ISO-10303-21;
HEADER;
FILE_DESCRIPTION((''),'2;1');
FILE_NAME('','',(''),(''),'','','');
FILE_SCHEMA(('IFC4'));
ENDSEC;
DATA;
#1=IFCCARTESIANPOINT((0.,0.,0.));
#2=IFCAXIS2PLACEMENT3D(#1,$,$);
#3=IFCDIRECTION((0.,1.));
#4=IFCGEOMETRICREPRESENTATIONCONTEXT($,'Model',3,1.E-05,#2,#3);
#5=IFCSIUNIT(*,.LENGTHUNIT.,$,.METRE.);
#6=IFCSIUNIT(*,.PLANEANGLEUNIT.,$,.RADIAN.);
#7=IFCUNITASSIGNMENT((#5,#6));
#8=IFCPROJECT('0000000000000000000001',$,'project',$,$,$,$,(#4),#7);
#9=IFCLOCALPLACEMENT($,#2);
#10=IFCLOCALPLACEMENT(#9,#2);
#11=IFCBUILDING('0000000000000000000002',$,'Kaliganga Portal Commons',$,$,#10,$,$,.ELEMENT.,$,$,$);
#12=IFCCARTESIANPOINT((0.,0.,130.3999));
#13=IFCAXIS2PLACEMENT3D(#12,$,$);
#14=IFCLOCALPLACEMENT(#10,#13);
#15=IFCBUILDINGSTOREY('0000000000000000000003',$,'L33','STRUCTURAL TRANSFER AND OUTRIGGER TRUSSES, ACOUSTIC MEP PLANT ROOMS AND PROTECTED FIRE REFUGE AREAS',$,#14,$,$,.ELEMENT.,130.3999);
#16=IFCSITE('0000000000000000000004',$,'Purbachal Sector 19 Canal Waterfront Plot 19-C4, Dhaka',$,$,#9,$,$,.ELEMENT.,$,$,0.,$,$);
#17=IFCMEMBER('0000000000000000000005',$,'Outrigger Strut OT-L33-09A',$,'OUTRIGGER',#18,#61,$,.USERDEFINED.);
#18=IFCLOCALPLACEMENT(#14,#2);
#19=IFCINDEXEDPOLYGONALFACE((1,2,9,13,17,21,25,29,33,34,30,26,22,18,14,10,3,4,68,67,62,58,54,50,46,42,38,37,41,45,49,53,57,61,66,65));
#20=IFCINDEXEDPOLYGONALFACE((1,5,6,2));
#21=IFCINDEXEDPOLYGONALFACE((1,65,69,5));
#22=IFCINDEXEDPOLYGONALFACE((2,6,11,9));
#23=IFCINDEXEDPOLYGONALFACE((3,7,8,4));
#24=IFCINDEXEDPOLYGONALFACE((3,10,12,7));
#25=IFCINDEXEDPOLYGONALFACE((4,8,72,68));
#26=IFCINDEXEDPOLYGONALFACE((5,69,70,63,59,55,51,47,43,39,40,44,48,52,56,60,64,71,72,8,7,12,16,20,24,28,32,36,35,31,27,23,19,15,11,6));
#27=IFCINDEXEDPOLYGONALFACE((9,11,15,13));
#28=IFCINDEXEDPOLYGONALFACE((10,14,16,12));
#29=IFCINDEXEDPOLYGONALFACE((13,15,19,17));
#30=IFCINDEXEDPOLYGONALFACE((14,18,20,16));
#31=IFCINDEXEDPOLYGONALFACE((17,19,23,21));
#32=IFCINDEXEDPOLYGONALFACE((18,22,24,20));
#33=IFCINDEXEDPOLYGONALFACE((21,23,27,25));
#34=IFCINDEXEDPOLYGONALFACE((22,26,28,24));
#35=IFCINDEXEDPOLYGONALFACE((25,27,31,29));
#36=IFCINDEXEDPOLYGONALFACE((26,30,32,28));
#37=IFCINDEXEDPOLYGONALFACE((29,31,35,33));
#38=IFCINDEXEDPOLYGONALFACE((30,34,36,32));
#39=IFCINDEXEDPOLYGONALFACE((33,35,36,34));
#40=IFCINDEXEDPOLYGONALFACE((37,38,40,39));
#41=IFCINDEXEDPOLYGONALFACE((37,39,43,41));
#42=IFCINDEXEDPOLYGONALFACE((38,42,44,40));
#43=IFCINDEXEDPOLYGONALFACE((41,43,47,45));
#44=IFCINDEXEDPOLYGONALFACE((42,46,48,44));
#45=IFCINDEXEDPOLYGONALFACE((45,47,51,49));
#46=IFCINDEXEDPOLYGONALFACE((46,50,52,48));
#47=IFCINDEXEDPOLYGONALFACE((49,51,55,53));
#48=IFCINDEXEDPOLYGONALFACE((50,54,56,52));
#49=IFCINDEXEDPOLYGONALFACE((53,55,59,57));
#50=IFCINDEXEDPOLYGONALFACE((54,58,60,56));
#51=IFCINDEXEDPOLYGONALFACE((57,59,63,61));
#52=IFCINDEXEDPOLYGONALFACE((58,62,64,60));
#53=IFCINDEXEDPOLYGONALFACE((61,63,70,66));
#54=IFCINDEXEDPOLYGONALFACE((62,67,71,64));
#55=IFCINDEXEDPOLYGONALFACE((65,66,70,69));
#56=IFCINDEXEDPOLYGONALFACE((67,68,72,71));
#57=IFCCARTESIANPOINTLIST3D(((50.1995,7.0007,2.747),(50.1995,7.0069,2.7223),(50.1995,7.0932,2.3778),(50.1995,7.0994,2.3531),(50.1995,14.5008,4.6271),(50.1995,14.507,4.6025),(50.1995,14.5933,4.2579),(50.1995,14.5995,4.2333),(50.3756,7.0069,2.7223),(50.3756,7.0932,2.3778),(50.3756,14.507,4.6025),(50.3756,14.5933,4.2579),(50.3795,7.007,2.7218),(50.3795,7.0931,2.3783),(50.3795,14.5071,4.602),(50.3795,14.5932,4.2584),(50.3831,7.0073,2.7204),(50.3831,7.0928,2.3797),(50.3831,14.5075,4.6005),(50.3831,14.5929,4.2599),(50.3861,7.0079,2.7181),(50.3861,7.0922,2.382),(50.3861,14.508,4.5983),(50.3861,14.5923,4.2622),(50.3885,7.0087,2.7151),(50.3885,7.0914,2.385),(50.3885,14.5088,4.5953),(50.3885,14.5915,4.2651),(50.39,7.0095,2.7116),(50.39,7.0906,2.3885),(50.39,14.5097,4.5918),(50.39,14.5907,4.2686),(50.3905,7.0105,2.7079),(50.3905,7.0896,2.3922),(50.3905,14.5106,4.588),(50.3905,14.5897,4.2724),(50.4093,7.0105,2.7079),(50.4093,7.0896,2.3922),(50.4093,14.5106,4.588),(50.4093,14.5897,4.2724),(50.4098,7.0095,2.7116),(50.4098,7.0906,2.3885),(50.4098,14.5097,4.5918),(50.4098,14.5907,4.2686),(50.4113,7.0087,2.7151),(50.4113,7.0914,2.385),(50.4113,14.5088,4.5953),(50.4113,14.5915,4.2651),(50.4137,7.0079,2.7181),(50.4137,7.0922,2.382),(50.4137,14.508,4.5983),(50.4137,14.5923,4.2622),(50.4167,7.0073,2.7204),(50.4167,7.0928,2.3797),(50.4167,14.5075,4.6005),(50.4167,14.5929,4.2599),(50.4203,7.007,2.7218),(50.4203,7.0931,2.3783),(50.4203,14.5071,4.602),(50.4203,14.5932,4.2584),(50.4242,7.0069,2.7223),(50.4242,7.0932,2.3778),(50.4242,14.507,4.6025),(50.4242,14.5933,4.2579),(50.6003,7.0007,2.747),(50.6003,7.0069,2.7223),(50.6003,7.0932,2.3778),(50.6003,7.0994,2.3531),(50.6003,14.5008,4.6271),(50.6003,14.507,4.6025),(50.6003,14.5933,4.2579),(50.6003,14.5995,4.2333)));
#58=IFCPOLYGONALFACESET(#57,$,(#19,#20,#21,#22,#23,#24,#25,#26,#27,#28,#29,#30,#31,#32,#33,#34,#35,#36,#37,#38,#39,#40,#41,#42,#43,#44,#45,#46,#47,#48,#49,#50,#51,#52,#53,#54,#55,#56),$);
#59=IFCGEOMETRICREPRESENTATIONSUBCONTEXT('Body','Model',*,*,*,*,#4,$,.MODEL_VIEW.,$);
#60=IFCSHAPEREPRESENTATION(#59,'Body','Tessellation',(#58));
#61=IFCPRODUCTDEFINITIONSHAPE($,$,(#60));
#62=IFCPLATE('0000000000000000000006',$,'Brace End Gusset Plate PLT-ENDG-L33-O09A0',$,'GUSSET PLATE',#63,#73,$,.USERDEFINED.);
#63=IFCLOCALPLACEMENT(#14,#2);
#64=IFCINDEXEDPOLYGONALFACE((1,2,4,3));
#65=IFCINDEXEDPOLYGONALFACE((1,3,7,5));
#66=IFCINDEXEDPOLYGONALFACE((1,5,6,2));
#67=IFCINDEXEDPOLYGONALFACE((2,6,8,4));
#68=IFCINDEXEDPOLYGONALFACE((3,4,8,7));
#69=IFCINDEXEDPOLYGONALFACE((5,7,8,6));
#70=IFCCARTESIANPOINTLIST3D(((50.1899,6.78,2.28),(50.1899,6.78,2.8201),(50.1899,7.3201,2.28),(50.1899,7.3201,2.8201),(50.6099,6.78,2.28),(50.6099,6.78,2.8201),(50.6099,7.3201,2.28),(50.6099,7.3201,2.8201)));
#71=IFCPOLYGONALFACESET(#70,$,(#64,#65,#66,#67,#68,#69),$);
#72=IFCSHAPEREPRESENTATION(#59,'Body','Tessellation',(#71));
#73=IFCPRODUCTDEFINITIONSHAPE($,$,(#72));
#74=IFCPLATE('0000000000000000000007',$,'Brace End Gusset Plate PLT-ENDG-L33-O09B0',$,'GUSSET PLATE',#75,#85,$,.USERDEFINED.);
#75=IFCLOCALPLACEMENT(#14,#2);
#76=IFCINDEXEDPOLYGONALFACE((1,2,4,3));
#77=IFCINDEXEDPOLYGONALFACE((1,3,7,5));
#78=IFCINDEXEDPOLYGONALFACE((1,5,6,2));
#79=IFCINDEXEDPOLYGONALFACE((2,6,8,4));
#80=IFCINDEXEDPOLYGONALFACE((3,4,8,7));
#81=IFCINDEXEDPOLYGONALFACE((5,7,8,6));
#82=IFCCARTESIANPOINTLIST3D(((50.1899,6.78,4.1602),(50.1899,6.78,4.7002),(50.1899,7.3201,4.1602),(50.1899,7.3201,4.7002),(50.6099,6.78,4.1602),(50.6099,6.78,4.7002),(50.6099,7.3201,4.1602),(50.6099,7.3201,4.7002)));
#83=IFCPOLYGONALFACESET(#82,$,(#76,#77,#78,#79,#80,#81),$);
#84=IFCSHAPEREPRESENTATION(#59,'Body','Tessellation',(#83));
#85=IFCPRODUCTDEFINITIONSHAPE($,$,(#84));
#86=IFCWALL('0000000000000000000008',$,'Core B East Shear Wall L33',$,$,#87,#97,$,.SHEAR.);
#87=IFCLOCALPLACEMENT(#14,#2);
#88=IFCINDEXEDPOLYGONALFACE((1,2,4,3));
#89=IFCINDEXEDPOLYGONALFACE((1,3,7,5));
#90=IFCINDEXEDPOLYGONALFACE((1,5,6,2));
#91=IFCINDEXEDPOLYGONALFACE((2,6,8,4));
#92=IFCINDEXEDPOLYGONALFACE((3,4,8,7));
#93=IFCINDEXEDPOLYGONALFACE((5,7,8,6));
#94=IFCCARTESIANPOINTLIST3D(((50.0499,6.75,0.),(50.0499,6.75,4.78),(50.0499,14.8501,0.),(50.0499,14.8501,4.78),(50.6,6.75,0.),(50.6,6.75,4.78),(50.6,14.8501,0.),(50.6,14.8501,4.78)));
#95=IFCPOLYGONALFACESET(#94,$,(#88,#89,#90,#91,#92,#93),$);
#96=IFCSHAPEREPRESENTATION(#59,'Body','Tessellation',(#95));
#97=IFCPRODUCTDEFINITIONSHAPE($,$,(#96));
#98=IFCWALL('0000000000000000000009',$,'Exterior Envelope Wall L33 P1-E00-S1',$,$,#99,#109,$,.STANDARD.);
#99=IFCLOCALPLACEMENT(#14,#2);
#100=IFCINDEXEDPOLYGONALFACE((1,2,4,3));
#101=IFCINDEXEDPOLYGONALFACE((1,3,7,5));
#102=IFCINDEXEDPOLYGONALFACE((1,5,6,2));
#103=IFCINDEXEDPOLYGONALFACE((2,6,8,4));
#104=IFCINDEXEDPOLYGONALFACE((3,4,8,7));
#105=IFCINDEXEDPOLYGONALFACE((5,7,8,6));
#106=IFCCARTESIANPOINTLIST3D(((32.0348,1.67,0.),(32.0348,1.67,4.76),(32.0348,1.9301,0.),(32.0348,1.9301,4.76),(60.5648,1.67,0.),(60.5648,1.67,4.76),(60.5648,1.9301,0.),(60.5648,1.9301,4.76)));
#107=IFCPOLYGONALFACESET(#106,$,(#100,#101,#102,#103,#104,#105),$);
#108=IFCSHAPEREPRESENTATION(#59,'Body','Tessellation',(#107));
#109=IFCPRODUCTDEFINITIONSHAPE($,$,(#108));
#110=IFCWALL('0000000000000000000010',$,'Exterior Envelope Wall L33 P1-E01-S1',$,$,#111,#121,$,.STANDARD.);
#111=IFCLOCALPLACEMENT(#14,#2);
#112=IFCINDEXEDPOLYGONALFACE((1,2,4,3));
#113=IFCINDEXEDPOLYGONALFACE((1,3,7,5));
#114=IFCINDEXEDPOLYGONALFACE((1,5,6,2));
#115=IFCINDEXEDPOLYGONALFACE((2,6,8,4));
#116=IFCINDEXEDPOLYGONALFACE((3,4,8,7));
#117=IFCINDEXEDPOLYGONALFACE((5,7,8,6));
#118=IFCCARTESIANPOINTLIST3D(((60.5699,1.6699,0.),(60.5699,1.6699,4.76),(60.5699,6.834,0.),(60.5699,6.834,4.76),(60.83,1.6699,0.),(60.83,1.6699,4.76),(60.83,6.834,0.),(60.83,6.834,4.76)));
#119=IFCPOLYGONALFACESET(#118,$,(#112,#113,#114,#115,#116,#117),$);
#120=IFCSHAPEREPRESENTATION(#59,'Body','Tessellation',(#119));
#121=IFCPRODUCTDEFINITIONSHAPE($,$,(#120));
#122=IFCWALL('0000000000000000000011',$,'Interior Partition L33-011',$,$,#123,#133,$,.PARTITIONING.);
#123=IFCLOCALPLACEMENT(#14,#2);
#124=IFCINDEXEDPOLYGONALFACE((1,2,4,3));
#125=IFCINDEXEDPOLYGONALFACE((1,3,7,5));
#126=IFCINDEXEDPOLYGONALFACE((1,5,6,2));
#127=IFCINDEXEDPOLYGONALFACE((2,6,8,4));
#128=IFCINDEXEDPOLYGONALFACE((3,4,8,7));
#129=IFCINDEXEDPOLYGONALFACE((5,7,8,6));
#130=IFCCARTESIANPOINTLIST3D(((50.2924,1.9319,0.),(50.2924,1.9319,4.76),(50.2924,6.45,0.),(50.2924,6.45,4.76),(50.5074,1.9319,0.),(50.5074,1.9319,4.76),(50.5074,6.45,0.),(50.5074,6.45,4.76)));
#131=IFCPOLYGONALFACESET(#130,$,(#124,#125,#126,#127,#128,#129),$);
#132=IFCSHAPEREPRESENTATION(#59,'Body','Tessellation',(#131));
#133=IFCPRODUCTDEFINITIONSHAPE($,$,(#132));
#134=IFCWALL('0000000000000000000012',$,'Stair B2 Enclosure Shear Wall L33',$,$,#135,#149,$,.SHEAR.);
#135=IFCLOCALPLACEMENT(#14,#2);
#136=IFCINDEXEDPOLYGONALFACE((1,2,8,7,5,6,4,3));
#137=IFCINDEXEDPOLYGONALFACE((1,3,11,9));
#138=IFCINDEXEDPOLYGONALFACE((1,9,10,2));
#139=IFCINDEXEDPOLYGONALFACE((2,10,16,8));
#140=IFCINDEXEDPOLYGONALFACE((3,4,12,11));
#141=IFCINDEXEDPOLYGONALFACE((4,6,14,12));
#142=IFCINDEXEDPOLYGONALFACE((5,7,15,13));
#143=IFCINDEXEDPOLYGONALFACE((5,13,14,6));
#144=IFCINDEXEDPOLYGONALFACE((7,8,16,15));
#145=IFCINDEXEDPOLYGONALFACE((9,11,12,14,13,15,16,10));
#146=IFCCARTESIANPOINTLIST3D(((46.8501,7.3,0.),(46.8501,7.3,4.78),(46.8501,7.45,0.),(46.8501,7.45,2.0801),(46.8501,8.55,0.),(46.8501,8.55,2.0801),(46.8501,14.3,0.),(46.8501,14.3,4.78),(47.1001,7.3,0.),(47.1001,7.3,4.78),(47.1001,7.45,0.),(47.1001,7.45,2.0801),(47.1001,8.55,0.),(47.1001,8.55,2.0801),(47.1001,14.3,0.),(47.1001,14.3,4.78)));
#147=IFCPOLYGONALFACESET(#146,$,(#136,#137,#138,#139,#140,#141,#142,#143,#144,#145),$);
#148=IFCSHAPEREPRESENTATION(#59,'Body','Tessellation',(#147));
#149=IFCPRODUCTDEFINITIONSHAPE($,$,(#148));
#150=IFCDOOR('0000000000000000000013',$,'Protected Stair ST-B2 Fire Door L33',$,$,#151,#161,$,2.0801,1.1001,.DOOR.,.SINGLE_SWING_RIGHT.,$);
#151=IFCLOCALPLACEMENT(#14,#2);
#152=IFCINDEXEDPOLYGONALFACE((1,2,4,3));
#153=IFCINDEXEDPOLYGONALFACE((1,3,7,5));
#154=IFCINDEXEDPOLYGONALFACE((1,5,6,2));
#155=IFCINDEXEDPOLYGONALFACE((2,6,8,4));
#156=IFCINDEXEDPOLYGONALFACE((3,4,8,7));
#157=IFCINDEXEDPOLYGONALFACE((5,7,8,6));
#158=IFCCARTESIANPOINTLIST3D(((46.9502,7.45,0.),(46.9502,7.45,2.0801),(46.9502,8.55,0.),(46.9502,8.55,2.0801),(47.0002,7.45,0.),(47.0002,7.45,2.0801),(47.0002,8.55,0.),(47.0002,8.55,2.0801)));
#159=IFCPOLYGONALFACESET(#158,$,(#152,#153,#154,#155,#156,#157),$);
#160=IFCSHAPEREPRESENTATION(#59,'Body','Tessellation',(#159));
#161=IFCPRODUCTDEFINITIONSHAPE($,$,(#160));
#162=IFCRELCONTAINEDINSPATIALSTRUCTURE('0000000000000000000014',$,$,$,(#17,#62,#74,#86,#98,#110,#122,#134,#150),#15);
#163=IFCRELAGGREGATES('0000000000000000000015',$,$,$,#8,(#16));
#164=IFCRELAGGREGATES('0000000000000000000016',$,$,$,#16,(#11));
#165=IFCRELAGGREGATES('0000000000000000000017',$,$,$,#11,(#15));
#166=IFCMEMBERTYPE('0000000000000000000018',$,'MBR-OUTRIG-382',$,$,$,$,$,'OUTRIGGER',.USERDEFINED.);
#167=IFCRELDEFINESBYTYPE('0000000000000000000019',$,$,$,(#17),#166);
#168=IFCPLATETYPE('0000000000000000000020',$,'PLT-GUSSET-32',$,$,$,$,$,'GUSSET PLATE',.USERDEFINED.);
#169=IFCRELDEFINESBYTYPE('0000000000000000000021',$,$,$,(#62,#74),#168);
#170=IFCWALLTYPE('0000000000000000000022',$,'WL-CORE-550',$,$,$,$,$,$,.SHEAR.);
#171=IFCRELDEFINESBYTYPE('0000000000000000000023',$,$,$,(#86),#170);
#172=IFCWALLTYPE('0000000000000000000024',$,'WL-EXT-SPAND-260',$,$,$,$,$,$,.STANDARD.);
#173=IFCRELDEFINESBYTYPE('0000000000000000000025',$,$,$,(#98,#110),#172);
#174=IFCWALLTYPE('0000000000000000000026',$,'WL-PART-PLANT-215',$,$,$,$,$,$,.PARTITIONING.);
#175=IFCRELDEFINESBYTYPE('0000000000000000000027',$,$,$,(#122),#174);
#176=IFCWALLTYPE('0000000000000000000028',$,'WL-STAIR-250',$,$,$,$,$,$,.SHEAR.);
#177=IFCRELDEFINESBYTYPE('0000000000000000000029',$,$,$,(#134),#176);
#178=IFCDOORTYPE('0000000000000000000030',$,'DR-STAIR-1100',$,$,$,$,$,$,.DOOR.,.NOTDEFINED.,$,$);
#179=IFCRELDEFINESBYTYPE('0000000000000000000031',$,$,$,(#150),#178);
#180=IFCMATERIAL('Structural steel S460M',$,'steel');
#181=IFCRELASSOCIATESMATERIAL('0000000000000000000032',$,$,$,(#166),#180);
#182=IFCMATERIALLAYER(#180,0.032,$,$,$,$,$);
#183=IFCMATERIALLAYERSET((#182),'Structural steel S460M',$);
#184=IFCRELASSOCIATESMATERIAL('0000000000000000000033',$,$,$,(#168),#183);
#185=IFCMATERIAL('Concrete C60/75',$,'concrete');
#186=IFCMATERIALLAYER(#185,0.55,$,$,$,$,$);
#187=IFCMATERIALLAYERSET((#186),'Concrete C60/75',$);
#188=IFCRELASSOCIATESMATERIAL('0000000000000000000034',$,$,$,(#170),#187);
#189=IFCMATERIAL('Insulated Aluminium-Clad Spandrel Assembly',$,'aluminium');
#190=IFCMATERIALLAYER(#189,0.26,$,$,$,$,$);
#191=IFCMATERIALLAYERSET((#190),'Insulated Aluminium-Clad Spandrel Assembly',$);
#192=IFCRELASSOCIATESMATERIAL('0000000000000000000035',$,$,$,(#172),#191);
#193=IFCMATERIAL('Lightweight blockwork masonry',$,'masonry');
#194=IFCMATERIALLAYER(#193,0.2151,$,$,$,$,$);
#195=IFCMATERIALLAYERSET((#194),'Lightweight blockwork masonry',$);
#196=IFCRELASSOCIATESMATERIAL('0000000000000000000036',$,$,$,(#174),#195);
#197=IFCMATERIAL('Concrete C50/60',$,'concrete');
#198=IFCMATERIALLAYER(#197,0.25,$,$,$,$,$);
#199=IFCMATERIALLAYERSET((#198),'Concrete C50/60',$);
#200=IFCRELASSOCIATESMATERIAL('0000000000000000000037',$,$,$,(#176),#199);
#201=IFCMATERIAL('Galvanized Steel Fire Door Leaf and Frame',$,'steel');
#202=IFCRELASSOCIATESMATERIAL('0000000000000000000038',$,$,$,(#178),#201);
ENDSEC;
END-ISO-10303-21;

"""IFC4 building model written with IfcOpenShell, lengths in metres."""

from ifc_helpers import new_model, si_unit, direction, frame, frame_2d, origin, origin_2d, place, context, subcontext, project, spatial, rectangle, i_section, extrude, source, transform, mapped, material, layer, layer_set, material_profile, profile_set, type_object, element, fill, save


model = new_model("IFC4")

# Units and contexts
model_context = context("Model", 3, precision=1e-05, world=origin(), true_north=direction((0.0, 1.0)))
body_context = subcontext(model_context, "Body", "Model", "MODEL_VIEW")
ifc_project = project(units=[si_unit("LENGTHUNIT", "METRE"), si_unit("PLANEANGLEUNIT", "RADIAN")], contexts=[model_context])

# Site, building, storey
site_placement = place(None, origin())
site = spatial("IfcSite", under=ifc_project, at=site_placement, Name="Purbachal Sector 19 Canal Waterfront Plot 19-C4, Dhaka", CompositionType="ELEMENT", RefElevation=0.0)
building_placement = place(site_placement, origin())
building = spatial("IfcBuilding", under=site, at=building_placement, Name="Kaliganga Portal Commons", CompositionType="ELEMENT")
storey_placement = place(building_placement, frame((0.0, 0.0, 130.3999)))
storey = spatial("IfcBuildingStorey", under=building, at=storey_placement, Name="L33", Description="STRUCTURAL TRANSFER AND OUTRIGGER TRUSSES, ACOUSTIC MEP PLANT ROOMS AND PROTECTED FIRE REFUGE AREAS", CompositionType="ELEMENT", Elevation=130.3999)

# Shared definitions
ifc_material_1 = material(Name="Concrete C60/75", Category="concrete")
ifc_material_2 = material(Name="Structural steel S460M", Category="steel")

# Member
ifc_material_profile_1 = material_profile(ifc_material_2, i_section(OverallWidth=0.4009, OverallDepth=0.406, WebThickness=0.0188, FlangeThickness=0.0254, FilletRadius=0.0149, at=origin_2d()), Name="HD 400x314")
ifc_profile_set_1 = profile_set([ifc_material_profile_1], Name="Structural steel S460M wide-flange")
member_type_1 = type_object("IfcMemberType", Name="MBR-OUTRIG-382", ElementType="OUTRIGGER", PredefinedType="USERDEFINED", material=ifc_profile_set_1)
shared_shape_1 = source(origin(), body_context, "Body", "SweptSolid", [
    extrude(i_section(OverallWidth=0.4009, OverallDepth=0.406, WebThickness=0.0188, FlangeThickness=0.0254, FilletRadius=0.0149, at=origin_2d()), origin(), (0.0, 0.0, 1.0), 7.7322),
])
member_1_placement = place(storey_placement, frame((50.3999, 7.05, 2.55), z_axis=(0.0, 0.969986, 0.24316), x_axis=(-1.0, 0.0, 0.0)))
element("IfcMember", 1, at=member_1_placement, inside=storey, type_object=member_type_1, Name="Outrigger Strut OT-L33-09A", ObjectType="OUTRIGGER", PredefinedType="USERDEFINED", context=body_context, shape_type="MappedRepresentation", body=[
    mapped(shared_shape_1, transform((0.0, 0.0, 0.0), x_axis=(1.0, 0.0, 0.0), y_axis=(0.0, 1.0, 0.0), z_axis=(0.0, 0.0, 1.0), scale=1.0)),
])

# Plates
ifc_layer_1 = layer(ifc_material_2, 0.032)
ifc_layer_set_1 = layer_set([ifc_layer_1], Name="Structural steel S460M")
plate_type = type_object("IfcPlateType", Name="PLT-GUSSET-32", ElementType="GUSSET PLATE", PredefinedType="USERDEFINED", material=ifc_layer_set_1)
shared_shape_2 = source(origin(), body_context, "Body", "SweptSolid", [
    extrude(rectangle(XDim=0.54, YDim=0.4199, at=origin_2d()), origin(), (0.0, 0.0, 1.0), 0.54),
])
for number, where, z_axis, x_axis, name in (
    (2, (50.3999, 7.05, 2.28), (0.0, 0.0, 1.0), (0.0, 1.0, 0.0), "Brace End Gusset Plate PLT-ENDG-L33-O09A0"),
    (3, (50.3999, 7.05, 4.1602), (0.0, 0.0, 1.0), (0.0, 1.0, 0.0), "Brace End Gusset Plate PLT-ENDG-L33-O09B0"),
):
    element("IfcPlate", number, at=place(storey_placement, frame(where, z_axis=z_axis, x_axis=x_axis)), inside=storey, type_object=plate_type, Name=name, ObjectType="GUSSET PLATE", PredefinedType="USERDEFINED", context=body_context, shape_type="MappedRepresentation", body=[
        mapped(shared_shape_2, transform((0.0, 0.0, 0.0), x_axis=(1.0, 0.0, 0.0), y_axis=(0.0, 1.0, 0.0), z_axis=(0.0, 0.0, 1.0), scale=1.0)),
    ])

# Walls
ifc_layer_2 = layer(ifc_material_1, 0.55)
ifc_layer_set_2 = layer_set([ifc_layer_2], Name="Concrete C60/75")
wall_type_1 = type_object("IfcWallType", Name="WL-CORE-550", PredefinedType="SHEAR", material=ifc_layer_set_2)
wall_1_placement = place(storey_placement, frame((50.325, 6.75, 0.0), z_axis=(0.0, 0.0, 1.0), x_axis=(0.0, 1.0, 0.0)))
element("IfcWall", 4, at=wall_1_placement, inside=storey, type_object=wall_type_1, Name="Core B East Shear Wall L33", PredefinedType="SHEAR", context=body_context, shape_type="SweptSolid", body=[
    extrude(rectangle(XDim=8.1001, YDim=0.55, at=frame_2d((4.05, 0.0))), origin(), (0.0, 0.0, 1.0), 4.78),
])
ifc_material_3 = material(Name="Insulated Aluminium-Clad Spandrel Assembly", Category="aluminium")
ifc_layer_3 = layer(ifc_material_3, 0.26)
ifc_layer_set_3 = layer_set([ifc_layer_3], Name="Insulated Aluminium-Clad Spandrel Assembly")
wall_type_2 = type_object("IfcWallType", Name="WL-EXT-SPAND-260", PredefinedType="STANDARD", material=ifc_layer_set_3)
wall_2_placement = place(storey_placement, frame((60.5649, 1.8, 0.0), z_axis=(0.0, 0.0, 1.0), x_axis=(-1.0, 0.0, 0.0)))
element("IfcWall", 5, at=wall_2_placement, inside=storey, type_object=wall_type_2, Name="Exterior Envelope Wall L33 P1-E00-S1", PredefinedType="STANDARD", context=body_context, shape_type="SweptSolid", body=[
    extrude(rectangle(XDim=28.53, YDim=0.26, at=frame_2d((14.2651, 0.0))), origin(), (0.0, 0.0, 1.0), 4.76),
])
wall_3_placement = place(storey_placement, frame((60.7, 6.834, 0.0), z_axis=(0.0, 0.0, 1.0), x_axis=(0.0, -1.0, 0.0)))
element("IfcWall", 6, at=wall_3_placement, inside=storey, type_object=wall_type_2, Name="Exterior Envelope Wall L33 P1-E01-S1", PredefinedType="STANDARD", context=body_context, shape_type="SweptSolid", body=[
    extrude(rectangle(XDim=5.1641, YDim=0.26, at=frame_2d((2.582, 0.0))), origin(), (0.0, 0.0, 1.0), 4.76),
])
ifc_material_4 = material(Name="Lightweight blockwork masonry", Category="masonry")
ifc_layer_4 = layer(ifc_material_4, 0.2151)
ifc_layer_set_4 = layer_set([ifc_layer_4], Name="Lightweight blockwork masonry")
wall_type_3 = type_object("IfcWallType", Name="WL-PART-PLANT-215", PredefinedType="PARTITIONING", material=ifc_layer_set_4)
wall_4_placement = place(storey_placement, frame((50.3999, 1.9319, 0.0), z_axis=(0.0, 0.0, 1.0), x_axis=(0.0, 1.0, 0.0)))
element("IfcWall", 7, at=wall_4_placement, inside=storey, type_object=wall_type_3, Name="Interior Partition L33-011", PredefinedType="PARTITIONING", context=body_context, shape_type="SweptSolid", body=[
    extrude(rectangle(XDim=4.5181, YDim=0.2151, at=frame_2d((2.259, 0.0))), origin(), (0.0, 0.0, 1.0), 4.76),
])

# Wall, opening, door
ifc_material_5 = material(Name="Concrete C50/60", Category="concrete")
ifc_layer_5 = layer(ifc_material_5, 0.25)
ifc_layer_set_5 = layer_set([ifc_layer_5], Name="Concrete C50/60")
wall_type_4 = type_object("IfcWallType", Name="WL-STAIR-250", PredefinedType="SHEAR", material=ifc_layer_set_5)
wall_5_placement = place(storey_placement, frame((46.9751, 7.3, 0.0), z_axis=(0.0, 0.0, 1.0), x_axis=(0.0, 1.0, 0.0)))
wall_5 = element("IfcWall", 8, at=wall_5_placement, inside=storey, type_object=wall_type_4, Name="Stair B2 Enclosure Shear Wall L33", PredefinedType="SHEAR", context=body_context, shape_type="SweptSolid", body=[
    extrude(rectangle(XDim=7.0, YDim=0.25, at=frame_2d((3.5, 0.0))), origin(), (0.0, 0.0, 1.0), 4.78),
])
opening_placement = place(wall_5_placement, frame((0.1499, 0.0, 0.0)))
opening = element("IfcOpeningElement", 9, at=opening_placement, cuts=wall_5, PredefinedType="OPENING", context=body_context, shape_type="SweptSolid", body=[
    extrude(rectangle(XDim=1.1001, YDim=2.0801, at=frame_2d((0.55, 1.04))), frame((0.0, 0.135, 0.0), z_axis=(0.0, -1.0, 0.0), x_axis=(1.0, 0.0, 0.0)), (0.0, 0.0, 1.0), 0.27),
])
ifc_material_6 = material(Name="Galvanized Steel Fire Door Leaf and Frame", Category="steel")
door_type = type_object("IfcDoorType", Name="DR-STAIR-1100", OperationType="NOTDEFINED", PredefinedType="DOOR", material=ifc_material_6)
door_placement = place(opening_placement, origin())
door = element("IfcDoor", 10, at=door_placement, inside=storey, type_object=door_type, Name="Protected Stair ST-B2 Fire Door L33", OperationType="SINGLE_SWING_RIGHT", OverallHeight=2.0801, OverallWidth=1.1001, PredefinedType="DOOR", context=body_context, shape_type="SweptSolid", body=[
    extrude(rectangle(XDim=1.1001, YDim=2.0801, at=frame_2d((0.55, 1.04))), frame((0.0, 0.0249, 0.0), z_axis=(0.0, -1.0, 0.0), x_axis=(1.0, 0.0, 0.0)), (0.0, 0.0, 1.0), 0.05),
])
fill(opening, door)

save(model, "model.ifc")
